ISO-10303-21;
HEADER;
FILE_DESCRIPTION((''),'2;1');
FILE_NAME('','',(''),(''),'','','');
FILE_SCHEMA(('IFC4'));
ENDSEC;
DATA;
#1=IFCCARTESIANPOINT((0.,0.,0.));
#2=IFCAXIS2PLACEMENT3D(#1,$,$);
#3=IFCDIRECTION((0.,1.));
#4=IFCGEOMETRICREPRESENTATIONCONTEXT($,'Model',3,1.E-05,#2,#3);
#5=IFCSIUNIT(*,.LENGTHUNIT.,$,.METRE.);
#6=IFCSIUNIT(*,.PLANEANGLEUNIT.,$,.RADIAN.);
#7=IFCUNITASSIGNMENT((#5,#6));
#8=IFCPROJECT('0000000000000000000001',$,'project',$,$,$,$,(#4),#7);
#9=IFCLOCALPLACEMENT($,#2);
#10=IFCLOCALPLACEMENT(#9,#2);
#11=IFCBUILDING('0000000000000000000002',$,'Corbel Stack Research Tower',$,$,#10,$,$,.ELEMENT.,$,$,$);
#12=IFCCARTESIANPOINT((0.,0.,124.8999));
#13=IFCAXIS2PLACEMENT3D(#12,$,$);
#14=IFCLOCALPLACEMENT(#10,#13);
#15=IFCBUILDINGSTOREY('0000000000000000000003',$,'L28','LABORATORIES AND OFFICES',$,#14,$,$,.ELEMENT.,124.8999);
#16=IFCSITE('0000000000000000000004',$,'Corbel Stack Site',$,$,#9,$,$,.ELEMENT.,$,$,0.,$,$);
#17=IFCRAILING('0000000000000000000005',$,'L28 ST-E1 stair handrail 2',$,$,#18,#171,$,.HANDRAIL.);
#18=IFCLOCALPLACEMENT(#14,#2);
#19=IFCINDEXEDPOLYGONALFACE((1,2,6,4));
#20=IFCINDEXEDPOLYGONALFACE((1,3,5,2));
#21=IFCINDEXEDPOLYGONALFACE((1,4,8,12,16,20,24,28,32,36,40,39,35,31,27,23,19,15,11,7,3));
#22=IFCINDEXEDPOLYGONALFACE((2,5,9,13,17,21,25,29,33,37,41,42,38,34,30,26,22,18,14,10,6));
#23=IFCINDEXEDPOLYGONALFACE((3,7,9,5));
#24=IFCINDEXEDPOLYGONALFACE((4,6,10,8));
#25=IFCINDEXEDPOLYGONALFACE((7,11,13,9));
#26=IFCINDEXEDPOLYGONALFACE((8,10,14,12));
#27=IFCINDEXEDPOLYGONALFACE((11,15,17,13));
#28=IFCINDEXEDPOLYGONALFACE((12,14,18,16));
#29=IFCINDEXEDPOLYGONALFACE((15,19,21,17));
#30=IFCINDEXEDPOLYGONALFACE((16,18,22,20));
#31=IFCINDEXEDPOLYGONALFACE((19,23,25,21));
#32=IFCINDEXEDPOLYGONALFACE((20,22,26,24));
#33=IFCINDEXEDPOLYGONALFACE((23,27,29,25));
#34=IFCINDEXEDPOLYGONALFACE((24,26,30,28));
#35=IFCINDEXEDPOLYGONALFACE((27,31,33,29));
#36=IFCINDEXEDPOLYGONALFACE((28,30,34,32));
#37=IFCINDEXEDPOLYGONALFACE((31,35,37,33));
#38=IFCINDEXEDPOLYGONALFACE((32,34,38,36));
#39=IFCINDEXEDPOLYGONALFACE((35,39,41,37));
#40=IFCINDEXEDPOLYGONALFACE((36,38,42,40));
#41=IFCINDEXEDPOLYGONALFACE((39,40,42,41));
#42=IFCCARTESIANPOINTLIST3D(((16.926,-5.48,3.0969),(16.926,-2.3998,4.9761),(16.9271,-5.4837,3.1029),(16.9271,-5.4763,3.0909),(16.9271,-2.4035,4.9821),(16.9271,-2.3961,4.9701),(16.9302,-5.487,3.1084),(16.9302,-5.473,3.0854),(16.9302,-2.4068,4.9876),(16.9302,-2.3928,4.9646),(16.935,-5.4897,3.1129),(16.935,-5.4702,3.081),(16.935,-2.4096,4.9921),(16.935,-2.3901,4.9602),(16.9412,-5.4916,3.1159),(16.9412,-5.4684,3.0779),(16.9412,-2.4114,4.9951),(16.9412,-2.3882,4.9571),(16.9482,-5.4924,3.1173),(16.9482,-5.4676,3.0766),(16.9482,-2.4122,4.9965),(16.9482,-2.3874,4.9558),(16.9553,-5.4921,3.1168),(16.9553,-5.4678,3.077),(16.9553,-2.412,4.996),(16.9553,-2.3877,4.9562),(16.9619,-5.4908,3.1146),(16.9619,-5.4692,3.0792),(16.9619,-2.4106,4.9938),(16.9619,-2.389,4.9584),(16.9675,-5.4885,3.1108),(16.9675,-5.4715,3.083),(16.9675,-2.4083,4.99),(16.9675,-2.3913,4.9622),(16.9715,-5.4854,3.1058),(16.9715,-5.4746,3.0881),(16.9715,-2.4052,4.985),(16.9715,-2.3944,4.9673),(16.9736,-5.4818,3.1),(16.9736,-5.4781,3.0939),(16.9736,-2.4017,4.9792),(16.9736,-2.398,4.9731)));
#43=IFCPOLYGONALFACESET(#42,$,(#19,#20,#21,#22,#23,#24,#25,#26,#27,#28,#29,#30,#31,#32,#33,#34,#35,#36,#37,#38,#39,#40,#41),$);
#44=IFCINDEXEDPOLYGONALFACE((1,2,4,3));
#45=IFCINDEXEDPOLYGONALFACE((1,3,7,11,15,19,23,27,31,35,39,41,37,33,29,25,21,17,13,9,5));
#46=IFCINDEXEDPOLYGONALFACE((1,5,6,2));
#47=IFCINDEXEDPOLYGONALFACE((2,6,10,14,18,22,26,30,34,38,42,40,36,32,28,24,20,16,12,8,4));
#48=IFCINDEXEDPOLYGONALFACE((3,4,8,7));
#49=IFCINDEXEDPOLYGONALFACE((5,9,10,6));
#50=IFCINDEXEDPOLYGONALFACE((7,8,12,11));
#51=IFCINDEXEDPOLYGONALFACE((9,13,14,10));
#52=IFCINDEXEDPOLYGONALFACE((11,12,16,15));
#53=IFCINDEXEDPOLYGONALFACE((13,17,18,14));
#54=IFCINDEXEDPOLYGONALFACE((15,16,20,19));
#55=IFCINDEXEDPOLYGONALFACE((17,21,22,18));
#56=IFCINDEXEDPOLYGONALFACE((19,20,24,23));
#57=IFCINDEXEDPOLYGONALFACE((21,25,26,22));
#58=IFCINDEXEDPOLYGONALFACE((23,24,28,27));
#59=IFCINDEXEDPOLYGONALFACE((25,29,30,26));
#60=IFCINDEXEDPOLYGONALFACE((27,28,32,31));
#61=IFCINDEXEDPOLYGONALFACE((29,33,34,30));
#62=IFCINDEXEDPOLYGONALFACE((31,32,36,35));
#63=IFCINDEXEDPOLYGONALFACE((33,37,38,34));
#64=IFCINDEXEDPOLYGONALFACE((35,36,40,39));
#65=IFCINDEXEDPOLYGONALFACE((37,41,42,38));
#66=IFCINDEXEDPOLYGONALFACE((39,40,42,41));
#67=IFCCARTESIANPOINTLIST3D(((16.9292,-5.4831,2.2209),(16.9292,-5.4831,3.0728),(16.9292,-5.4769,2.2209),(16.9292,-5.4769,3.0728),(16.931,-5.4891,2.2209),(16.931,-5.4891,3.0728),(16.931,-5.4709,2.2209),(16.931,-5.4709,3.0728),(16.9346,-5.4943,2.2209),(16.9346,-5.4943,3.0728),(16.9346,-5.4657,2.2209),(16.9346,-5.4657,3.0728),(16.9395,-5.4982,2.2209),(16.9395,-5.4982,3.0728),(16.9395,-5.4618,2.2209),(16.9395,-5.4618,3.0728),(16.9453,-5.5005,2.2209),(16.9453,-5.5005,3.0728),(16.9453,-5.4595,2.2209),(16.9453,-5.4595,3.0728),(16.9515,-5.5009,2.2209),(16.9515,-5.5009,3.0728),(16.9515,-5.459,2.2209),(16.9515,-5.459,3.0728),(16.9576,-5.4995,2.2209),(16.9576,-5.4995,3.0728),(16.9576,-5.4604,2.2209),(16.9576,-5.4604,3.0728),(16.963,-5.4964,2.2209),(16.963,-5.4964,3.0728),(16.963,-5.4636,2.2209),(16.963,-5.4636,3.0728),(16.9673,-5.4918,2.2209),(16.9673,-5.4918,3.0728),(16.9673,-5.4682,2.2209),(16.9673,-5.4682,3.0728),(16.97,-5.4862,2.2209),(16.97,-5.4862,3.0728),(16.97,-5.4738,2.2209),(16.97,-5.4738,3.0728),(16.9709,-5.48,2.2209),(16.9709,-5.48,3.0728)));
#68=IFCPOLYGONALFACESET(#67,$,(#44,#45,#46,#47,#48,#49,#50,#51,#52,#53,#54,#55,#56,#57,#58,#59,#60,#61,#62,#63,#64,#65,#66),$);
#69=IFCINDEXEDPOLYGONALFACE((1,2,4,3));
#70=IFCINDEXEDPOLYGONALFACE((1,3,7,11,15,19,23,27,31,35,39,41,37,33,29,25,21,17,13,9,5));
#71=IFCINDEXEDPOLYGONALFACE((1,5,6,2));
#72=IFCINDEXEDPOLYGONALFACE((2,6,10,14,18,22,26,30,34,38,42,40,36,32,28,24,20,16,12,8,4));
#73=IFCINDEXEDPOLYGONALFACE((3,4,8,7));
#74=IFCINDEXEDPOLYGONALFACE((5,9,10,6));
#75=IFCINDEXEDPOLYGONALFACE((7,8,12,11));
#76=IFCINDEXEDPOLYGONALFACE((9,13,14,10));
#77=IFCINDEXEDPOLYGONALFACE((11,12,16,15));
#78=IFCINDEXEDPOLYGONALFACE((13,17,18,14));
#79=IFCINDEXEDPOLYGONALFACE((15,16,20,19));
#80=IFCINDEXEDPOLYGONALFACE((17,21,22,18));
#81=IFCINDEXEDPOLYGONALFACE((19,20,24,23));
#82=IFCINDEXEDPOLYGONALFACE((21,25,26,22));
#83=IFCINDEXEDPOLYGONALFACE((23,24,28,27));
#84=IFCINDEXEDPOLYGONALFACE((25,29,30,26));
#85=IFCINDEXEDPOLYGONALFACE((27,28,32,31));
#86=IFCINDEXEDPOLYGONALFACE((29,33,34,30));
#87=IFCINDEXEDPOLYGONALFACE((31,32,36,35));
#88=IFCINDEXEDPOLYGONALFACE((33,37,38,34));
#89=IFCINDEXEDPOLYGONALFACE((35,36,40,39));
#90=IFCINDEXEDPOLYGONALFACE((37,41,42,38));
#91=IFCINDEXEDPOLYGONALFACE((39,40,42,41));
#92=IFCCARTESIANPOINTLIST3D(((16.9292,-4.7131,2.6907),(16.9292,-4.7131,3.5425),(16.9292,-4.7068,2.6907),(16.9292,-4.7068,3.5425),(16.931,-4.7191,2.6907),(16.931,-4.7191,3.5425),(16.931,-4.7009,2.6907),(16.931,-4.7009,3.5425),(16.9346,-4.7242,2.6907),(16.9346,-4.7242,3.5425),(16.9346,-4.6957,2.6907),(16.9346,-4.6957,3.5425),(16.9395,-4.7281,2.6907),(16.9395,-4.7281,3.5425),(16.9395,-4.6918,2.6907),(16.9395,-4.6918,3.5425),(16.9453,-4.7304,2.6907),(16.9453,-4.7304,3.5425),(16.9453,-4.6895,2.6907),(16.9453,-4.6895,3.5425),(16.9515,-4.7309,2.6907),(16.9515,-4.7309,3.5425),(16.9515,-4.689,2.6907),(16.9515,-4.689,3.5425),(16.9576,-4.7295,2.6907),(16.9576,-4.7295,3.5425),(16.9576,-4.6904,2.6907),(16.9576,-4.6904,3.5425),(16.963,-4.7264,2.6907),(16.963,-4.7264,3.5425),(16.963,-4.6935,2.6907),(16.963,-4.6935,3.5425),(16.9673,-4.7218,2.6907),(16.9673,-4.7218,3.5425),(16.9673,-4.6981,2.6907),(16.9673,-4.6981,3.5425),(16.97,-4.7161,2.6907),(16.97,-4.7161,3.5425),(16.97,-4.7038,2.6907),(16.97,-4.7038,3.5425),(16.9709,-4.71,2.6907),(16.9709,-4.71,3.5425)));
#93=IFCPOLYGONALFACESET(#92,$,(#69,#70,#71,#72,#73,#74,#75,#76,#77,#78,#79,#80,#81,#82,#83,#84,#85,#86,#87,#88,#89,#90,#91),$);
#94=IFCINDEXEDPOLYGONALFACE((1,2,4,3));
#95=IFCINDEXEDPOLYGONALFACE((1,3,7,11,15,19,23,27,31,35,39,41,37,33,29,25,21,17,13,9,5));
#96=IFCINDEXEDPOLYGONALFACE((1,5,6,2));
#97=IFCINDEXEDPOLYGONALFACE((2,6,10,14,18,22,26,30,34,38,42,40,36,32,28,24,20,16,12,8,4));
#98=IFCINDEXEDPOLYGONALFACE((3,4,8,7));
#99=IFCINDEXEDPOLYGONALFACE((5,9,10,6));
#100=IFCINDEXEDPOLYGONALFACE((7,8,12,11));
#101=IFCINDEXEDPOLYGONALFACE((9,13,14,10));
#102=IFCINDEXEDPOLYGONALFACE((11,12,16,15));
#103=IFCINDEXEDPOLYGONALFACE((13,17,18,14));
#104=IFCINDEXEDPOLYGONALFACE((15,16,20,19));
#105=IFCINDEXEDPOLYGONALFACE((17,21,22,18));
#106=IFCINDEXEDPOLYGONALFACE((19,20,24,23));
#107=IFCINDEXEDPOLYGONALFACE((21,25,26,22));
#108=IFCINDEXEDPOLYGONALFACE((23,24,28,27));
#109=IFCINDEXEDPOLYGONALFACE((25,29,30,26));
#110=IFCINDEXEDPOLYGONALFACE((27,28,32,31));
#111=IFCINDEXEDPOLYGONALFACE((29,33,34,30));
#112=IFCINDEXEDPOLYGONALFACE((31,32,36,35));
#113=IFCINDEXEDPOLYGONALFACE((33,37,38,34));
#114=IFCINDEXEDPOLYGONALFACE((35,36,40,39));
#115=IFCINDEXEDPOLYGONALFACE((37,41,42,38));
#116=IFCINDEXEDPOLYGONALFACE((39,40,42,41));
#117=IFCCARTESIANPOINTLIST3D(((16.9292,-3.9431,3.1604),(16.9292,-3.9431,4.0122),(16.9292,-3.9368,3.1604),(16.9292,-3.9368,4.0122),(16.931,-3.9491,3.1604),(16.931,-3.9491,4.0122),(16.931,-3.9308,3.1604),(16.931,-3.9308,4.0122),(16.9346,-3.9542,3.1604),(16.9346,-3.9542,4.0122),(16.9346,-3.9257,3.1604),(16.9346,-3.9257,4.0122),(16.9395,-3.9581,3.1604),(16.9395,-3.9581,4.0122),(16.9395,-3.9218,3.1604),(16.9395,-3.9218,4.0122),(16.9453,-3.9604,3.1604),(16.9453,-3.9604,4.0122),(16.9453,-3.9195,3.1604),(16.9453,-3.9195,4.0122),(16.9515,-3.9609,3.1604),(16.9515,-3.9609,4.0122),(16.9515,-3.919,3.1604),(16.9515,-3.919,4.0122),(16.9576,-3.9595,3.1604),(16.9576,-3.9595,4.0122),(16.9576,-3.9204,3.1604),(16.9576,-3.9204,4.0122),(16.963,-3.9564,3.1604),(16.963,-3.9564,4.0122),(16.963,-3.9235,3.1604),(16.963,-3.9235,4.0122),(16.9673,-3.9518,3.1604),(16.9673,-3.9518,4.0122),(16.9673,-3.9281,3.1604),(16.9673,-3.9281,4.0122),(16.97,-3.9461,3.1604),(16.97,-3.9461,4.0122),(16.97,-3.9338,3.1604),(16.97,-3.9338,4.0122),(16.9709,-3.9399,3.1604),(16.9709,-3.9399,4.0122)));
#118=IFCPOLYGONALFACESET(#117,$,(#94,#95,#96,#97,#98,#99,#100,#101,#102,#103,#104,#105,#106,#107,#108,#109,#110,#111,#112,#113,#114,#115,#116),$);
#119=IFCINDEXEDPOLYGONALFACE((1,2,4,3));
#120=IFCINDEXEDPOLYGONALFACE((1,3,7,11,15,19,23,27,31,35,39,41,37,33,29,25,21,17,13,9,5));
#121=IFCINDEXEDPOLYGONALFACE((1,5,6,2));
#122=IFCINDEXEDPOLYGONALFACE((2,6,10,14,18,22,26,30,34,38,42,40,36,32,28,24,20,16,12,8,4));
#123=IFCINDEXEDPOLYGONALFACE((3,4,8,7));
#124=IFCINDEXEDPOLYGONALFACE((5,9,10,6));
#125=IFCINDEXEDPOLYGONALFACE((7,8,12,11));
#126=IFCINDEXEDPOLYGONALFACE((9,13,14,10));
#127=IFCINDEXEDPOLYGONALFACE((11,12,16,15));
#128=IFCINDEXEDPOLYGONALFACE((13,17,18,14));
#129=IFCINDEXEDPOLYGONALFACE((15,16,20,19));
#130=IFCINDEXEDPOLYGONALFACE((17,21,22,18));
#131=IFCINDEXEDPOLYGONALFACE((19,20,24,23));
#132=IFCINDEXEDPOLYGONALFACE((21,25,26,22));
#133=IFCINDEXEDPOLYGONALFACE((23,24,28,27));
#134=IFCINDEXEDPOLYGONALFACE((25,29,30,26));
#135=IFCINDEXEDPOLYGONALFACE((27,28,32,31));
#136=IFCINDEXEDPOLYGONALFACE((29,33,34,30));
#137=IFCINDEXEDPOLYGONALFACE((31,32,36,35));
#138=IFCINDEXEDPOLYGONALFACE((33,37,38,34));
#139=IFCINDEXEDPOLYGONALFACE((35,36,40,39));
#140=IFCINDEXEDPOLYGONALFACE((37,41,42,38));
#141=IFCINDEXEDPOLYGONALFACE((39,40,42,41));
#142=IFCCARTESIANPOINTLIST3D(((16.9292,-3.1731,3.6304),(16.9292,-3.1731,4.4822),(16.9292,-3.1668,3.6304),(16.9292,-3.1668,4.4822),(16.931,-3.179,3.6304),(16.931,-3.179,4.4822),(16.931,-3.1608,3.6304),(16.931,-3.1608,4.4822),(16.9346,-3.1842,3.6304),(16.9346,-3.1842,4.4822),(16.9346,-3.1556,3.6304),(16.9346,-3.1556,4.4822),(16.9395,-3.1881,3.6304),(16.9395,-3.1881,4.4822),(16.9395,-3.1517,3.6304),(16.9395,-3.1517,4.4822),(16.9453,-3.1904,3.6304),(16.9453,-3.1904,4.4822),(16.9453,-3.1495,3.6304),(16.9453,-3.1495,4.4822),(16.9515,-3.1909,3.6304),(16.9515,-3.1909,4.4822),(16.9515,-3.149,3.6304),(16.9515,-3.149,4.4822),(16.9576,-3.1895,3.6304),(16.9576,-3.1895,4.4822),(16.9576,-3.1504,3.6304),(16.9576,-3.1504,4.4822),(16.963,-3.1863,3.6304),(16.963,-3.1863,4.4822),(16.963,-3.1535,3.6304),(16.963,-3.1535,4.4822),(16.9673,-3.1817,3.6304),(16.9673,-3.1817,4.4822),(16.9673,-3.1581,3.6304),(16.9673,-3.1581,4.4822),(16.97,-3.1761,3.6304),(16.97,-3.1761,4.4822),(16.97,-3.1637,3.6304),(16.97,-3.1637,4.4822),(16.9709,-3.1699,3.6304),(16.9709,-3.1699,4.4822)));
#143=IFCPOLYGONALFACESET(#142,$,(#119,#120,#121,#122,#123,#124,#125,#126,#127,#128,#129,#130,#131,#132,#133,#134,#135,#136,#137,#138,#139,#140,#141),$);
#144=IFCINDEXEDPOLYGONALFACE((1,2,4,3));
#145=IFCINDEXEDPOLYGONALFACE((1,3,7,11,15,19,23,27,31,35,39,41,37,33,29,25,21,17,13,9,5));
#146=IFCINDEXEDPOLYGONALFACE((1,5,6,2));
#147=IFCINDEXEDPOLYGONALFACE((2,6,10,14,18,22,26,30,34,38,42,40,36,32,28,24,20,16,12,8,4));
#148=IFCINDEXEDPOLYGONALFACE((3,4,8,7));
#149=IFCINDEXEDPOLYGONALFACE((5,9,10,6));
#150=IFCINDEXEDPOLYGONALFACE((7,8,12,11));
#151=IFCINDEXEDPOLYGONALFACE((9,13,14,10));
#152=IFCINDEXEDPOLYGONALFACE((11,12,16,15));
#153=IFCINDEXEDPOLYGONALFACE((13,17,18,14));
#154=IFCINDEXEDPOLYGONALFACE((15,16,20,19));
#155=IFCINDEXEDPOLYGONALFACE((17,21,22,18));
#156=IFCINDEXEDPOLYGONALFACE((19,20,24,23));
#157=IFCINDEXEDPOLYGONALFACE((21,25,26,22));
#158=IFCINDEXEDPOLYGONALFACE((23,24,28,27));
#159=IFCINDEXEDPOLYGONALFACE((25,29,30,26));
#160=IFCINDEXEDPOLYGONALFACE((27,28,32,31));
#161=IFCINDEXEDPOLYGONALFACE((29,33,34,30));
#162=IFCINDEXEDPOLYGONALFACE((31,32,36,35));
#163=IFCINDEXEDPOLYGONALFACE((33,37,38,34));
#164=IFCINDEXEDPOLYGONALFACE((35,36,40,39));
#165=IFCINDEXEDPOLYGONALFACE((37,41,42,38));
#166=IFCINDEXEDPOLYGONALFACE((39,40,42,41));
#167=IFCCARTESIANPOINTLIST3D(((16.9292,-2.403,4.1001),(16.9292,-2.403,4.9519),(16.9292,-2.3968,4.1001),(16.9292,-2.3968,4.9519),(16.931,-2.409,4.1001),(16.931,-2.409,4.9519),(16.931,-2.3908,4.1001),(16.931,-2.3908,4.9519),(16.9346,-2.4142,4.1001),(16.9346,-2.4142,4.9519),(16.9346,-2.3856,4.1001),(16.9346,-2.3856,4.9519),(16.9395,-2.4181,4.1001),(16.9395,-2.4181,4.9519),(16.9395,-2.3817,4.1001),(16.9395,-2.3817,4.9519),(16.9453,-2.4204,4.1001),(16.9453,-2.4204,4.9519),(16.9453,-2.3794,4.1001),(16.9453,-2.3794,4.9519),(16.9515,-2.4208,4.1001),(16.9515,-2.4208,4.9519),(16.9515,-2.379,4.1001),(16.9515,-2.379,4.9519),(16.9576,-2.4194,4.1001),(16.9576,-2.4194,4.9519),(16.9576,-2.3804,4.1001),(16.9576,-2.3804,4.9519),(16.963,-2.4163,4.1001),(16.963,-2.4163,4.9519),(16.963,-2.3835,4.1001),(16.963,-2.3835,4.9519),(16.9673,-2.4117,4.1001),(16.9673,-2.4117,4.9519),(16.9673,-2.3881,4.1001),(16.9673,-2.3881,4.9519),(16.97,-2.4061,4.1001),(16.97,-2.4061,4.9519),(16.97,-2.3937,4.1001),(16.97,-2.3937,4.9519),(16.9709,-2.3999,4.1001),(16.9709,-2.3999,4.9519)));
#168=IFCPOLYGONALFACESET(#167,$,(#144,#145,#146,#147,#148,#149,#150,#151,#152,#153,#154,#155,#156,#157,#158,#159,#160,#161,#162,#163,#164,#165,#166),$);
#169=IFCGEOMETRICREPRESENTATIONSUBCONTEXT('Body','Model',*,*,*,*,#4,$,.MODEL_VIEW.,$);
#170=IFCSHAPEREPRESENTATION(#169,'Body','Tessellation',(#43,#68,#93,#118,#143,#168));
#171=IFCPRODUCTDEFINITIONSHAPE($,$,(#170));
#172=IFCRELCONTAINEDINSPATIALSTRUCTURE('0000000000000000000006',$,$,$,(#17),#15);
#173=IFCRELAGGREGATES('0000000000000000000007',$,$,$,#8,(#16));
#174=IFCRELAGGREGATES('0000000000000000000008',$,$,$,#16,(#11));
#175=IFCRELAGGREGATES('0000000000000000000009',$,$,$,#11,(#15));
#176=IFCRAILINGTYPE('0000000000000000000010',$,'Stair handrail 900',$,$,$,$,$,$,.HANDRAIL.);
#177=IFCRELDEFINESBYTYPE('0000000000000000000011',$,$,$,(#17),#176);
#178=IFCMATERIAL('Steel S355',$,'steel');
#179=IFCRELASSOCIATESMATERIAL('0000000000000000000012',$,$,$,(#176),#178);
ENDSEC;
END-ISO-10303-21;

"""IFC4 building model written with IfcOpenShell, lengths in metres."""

from ifc_helpers import new_model, si_unit, direction, frame, origin, origin_2d, place, context, subcontext, project, spatial, circle, extrude, material, type_object, element, save


model = new_model("IFC4")

# Units and contexts
model_context = context("Model", 3, precision=1e-05, world=origin(), true_north=direction((0.0, 1.0)))
body_context = subcontext(model_context, "Body", "Model", "MODEL_VIEW")
ifc_project = project(units=[si_unit("LENGTHUNIT", "METRE"), si_unit("PLANEANGLEUNIT", "RADIAN")], contexts=[model_context])

# Site, building, storey
site_placement = place(None, origin())
site = spatial("IfcSite", under=ifc_project, at=site_placement, Name="Corbel Stack Site", CompositionType="ELEMENT", RefElevation=0.0)
building_placement = place(site_placement, origin())
building = spatial("IfcBuilding", under=site, at=building_placement, Name="Corbel Stack Research Tower", CompositionType="ELEMENT")
storey_placement = place(building_placement, frame((0.0, 0.0, 124.8999)))
storey = spatial("IfcBuildingStorey", under=building, at=storey_placement, Name="L28", Description="LABORATORIES AND OFFICES", CompositionType="ELEMENT", Elevation=124.8999)

# Railing
ifc_material_1 = material(Name="Steel S355", Category="steel")
railing_type_1 = type_object("IfcRailingType", Name="Stair handrail 900", PredefinedType="HANDRAIL", material=ifc_material_1)
railing_1_placement = place(storey_placement, frame((16.95, -5.48, 2.2209)))
element("IfcRailing", 1, at=railing_1_placement, inside=storey, type_object=railing_type_1, Name="L28 ST-E1 stair handrail 2", PredefinedType="HANDRAIL", context=body_context, shape_type="SweptSolid", body=[
    extrude(circle(Radius=0.0239, at=origin_2d()), frame((0.0, 0.0, 0.876), z_axis=(0.0, 0.853666, 0.52082), x_axis=(-1.0, 0.0, 0.0)), (0.0, 0.0, 1.0), 3.6082),
    extrude(circle(Radius=0.021, at=origin_2d()), origin(), (0.0, 0.0, 1.0), 0.8518),
    extrude(circle(Radius=0.021, at=origin_2d()), frame((0.0, 0.77, 0.4697)), (0.0, 0.0, 1.0), 0.8518),
    extrude(circle(Radius=0.021, at=origin_2d()), frame((0.0, 1.54, 0.9395)), (0.0, 0.0, 1.0), 0.8518),
    extrude(circle(Radius=0.021, at=origin_2d()), frame((0.0, 2.3101, 1.4094)), (0.0, 0.0, 1.0), 0.8518),
    extrude(circle(Radius=0.021, at=origin_2d()), frame((0.0, 3.0801, 1.8792)), (0.0, 0.0, 1.0), 0.8518),
])

save(model, "model.ifc")
